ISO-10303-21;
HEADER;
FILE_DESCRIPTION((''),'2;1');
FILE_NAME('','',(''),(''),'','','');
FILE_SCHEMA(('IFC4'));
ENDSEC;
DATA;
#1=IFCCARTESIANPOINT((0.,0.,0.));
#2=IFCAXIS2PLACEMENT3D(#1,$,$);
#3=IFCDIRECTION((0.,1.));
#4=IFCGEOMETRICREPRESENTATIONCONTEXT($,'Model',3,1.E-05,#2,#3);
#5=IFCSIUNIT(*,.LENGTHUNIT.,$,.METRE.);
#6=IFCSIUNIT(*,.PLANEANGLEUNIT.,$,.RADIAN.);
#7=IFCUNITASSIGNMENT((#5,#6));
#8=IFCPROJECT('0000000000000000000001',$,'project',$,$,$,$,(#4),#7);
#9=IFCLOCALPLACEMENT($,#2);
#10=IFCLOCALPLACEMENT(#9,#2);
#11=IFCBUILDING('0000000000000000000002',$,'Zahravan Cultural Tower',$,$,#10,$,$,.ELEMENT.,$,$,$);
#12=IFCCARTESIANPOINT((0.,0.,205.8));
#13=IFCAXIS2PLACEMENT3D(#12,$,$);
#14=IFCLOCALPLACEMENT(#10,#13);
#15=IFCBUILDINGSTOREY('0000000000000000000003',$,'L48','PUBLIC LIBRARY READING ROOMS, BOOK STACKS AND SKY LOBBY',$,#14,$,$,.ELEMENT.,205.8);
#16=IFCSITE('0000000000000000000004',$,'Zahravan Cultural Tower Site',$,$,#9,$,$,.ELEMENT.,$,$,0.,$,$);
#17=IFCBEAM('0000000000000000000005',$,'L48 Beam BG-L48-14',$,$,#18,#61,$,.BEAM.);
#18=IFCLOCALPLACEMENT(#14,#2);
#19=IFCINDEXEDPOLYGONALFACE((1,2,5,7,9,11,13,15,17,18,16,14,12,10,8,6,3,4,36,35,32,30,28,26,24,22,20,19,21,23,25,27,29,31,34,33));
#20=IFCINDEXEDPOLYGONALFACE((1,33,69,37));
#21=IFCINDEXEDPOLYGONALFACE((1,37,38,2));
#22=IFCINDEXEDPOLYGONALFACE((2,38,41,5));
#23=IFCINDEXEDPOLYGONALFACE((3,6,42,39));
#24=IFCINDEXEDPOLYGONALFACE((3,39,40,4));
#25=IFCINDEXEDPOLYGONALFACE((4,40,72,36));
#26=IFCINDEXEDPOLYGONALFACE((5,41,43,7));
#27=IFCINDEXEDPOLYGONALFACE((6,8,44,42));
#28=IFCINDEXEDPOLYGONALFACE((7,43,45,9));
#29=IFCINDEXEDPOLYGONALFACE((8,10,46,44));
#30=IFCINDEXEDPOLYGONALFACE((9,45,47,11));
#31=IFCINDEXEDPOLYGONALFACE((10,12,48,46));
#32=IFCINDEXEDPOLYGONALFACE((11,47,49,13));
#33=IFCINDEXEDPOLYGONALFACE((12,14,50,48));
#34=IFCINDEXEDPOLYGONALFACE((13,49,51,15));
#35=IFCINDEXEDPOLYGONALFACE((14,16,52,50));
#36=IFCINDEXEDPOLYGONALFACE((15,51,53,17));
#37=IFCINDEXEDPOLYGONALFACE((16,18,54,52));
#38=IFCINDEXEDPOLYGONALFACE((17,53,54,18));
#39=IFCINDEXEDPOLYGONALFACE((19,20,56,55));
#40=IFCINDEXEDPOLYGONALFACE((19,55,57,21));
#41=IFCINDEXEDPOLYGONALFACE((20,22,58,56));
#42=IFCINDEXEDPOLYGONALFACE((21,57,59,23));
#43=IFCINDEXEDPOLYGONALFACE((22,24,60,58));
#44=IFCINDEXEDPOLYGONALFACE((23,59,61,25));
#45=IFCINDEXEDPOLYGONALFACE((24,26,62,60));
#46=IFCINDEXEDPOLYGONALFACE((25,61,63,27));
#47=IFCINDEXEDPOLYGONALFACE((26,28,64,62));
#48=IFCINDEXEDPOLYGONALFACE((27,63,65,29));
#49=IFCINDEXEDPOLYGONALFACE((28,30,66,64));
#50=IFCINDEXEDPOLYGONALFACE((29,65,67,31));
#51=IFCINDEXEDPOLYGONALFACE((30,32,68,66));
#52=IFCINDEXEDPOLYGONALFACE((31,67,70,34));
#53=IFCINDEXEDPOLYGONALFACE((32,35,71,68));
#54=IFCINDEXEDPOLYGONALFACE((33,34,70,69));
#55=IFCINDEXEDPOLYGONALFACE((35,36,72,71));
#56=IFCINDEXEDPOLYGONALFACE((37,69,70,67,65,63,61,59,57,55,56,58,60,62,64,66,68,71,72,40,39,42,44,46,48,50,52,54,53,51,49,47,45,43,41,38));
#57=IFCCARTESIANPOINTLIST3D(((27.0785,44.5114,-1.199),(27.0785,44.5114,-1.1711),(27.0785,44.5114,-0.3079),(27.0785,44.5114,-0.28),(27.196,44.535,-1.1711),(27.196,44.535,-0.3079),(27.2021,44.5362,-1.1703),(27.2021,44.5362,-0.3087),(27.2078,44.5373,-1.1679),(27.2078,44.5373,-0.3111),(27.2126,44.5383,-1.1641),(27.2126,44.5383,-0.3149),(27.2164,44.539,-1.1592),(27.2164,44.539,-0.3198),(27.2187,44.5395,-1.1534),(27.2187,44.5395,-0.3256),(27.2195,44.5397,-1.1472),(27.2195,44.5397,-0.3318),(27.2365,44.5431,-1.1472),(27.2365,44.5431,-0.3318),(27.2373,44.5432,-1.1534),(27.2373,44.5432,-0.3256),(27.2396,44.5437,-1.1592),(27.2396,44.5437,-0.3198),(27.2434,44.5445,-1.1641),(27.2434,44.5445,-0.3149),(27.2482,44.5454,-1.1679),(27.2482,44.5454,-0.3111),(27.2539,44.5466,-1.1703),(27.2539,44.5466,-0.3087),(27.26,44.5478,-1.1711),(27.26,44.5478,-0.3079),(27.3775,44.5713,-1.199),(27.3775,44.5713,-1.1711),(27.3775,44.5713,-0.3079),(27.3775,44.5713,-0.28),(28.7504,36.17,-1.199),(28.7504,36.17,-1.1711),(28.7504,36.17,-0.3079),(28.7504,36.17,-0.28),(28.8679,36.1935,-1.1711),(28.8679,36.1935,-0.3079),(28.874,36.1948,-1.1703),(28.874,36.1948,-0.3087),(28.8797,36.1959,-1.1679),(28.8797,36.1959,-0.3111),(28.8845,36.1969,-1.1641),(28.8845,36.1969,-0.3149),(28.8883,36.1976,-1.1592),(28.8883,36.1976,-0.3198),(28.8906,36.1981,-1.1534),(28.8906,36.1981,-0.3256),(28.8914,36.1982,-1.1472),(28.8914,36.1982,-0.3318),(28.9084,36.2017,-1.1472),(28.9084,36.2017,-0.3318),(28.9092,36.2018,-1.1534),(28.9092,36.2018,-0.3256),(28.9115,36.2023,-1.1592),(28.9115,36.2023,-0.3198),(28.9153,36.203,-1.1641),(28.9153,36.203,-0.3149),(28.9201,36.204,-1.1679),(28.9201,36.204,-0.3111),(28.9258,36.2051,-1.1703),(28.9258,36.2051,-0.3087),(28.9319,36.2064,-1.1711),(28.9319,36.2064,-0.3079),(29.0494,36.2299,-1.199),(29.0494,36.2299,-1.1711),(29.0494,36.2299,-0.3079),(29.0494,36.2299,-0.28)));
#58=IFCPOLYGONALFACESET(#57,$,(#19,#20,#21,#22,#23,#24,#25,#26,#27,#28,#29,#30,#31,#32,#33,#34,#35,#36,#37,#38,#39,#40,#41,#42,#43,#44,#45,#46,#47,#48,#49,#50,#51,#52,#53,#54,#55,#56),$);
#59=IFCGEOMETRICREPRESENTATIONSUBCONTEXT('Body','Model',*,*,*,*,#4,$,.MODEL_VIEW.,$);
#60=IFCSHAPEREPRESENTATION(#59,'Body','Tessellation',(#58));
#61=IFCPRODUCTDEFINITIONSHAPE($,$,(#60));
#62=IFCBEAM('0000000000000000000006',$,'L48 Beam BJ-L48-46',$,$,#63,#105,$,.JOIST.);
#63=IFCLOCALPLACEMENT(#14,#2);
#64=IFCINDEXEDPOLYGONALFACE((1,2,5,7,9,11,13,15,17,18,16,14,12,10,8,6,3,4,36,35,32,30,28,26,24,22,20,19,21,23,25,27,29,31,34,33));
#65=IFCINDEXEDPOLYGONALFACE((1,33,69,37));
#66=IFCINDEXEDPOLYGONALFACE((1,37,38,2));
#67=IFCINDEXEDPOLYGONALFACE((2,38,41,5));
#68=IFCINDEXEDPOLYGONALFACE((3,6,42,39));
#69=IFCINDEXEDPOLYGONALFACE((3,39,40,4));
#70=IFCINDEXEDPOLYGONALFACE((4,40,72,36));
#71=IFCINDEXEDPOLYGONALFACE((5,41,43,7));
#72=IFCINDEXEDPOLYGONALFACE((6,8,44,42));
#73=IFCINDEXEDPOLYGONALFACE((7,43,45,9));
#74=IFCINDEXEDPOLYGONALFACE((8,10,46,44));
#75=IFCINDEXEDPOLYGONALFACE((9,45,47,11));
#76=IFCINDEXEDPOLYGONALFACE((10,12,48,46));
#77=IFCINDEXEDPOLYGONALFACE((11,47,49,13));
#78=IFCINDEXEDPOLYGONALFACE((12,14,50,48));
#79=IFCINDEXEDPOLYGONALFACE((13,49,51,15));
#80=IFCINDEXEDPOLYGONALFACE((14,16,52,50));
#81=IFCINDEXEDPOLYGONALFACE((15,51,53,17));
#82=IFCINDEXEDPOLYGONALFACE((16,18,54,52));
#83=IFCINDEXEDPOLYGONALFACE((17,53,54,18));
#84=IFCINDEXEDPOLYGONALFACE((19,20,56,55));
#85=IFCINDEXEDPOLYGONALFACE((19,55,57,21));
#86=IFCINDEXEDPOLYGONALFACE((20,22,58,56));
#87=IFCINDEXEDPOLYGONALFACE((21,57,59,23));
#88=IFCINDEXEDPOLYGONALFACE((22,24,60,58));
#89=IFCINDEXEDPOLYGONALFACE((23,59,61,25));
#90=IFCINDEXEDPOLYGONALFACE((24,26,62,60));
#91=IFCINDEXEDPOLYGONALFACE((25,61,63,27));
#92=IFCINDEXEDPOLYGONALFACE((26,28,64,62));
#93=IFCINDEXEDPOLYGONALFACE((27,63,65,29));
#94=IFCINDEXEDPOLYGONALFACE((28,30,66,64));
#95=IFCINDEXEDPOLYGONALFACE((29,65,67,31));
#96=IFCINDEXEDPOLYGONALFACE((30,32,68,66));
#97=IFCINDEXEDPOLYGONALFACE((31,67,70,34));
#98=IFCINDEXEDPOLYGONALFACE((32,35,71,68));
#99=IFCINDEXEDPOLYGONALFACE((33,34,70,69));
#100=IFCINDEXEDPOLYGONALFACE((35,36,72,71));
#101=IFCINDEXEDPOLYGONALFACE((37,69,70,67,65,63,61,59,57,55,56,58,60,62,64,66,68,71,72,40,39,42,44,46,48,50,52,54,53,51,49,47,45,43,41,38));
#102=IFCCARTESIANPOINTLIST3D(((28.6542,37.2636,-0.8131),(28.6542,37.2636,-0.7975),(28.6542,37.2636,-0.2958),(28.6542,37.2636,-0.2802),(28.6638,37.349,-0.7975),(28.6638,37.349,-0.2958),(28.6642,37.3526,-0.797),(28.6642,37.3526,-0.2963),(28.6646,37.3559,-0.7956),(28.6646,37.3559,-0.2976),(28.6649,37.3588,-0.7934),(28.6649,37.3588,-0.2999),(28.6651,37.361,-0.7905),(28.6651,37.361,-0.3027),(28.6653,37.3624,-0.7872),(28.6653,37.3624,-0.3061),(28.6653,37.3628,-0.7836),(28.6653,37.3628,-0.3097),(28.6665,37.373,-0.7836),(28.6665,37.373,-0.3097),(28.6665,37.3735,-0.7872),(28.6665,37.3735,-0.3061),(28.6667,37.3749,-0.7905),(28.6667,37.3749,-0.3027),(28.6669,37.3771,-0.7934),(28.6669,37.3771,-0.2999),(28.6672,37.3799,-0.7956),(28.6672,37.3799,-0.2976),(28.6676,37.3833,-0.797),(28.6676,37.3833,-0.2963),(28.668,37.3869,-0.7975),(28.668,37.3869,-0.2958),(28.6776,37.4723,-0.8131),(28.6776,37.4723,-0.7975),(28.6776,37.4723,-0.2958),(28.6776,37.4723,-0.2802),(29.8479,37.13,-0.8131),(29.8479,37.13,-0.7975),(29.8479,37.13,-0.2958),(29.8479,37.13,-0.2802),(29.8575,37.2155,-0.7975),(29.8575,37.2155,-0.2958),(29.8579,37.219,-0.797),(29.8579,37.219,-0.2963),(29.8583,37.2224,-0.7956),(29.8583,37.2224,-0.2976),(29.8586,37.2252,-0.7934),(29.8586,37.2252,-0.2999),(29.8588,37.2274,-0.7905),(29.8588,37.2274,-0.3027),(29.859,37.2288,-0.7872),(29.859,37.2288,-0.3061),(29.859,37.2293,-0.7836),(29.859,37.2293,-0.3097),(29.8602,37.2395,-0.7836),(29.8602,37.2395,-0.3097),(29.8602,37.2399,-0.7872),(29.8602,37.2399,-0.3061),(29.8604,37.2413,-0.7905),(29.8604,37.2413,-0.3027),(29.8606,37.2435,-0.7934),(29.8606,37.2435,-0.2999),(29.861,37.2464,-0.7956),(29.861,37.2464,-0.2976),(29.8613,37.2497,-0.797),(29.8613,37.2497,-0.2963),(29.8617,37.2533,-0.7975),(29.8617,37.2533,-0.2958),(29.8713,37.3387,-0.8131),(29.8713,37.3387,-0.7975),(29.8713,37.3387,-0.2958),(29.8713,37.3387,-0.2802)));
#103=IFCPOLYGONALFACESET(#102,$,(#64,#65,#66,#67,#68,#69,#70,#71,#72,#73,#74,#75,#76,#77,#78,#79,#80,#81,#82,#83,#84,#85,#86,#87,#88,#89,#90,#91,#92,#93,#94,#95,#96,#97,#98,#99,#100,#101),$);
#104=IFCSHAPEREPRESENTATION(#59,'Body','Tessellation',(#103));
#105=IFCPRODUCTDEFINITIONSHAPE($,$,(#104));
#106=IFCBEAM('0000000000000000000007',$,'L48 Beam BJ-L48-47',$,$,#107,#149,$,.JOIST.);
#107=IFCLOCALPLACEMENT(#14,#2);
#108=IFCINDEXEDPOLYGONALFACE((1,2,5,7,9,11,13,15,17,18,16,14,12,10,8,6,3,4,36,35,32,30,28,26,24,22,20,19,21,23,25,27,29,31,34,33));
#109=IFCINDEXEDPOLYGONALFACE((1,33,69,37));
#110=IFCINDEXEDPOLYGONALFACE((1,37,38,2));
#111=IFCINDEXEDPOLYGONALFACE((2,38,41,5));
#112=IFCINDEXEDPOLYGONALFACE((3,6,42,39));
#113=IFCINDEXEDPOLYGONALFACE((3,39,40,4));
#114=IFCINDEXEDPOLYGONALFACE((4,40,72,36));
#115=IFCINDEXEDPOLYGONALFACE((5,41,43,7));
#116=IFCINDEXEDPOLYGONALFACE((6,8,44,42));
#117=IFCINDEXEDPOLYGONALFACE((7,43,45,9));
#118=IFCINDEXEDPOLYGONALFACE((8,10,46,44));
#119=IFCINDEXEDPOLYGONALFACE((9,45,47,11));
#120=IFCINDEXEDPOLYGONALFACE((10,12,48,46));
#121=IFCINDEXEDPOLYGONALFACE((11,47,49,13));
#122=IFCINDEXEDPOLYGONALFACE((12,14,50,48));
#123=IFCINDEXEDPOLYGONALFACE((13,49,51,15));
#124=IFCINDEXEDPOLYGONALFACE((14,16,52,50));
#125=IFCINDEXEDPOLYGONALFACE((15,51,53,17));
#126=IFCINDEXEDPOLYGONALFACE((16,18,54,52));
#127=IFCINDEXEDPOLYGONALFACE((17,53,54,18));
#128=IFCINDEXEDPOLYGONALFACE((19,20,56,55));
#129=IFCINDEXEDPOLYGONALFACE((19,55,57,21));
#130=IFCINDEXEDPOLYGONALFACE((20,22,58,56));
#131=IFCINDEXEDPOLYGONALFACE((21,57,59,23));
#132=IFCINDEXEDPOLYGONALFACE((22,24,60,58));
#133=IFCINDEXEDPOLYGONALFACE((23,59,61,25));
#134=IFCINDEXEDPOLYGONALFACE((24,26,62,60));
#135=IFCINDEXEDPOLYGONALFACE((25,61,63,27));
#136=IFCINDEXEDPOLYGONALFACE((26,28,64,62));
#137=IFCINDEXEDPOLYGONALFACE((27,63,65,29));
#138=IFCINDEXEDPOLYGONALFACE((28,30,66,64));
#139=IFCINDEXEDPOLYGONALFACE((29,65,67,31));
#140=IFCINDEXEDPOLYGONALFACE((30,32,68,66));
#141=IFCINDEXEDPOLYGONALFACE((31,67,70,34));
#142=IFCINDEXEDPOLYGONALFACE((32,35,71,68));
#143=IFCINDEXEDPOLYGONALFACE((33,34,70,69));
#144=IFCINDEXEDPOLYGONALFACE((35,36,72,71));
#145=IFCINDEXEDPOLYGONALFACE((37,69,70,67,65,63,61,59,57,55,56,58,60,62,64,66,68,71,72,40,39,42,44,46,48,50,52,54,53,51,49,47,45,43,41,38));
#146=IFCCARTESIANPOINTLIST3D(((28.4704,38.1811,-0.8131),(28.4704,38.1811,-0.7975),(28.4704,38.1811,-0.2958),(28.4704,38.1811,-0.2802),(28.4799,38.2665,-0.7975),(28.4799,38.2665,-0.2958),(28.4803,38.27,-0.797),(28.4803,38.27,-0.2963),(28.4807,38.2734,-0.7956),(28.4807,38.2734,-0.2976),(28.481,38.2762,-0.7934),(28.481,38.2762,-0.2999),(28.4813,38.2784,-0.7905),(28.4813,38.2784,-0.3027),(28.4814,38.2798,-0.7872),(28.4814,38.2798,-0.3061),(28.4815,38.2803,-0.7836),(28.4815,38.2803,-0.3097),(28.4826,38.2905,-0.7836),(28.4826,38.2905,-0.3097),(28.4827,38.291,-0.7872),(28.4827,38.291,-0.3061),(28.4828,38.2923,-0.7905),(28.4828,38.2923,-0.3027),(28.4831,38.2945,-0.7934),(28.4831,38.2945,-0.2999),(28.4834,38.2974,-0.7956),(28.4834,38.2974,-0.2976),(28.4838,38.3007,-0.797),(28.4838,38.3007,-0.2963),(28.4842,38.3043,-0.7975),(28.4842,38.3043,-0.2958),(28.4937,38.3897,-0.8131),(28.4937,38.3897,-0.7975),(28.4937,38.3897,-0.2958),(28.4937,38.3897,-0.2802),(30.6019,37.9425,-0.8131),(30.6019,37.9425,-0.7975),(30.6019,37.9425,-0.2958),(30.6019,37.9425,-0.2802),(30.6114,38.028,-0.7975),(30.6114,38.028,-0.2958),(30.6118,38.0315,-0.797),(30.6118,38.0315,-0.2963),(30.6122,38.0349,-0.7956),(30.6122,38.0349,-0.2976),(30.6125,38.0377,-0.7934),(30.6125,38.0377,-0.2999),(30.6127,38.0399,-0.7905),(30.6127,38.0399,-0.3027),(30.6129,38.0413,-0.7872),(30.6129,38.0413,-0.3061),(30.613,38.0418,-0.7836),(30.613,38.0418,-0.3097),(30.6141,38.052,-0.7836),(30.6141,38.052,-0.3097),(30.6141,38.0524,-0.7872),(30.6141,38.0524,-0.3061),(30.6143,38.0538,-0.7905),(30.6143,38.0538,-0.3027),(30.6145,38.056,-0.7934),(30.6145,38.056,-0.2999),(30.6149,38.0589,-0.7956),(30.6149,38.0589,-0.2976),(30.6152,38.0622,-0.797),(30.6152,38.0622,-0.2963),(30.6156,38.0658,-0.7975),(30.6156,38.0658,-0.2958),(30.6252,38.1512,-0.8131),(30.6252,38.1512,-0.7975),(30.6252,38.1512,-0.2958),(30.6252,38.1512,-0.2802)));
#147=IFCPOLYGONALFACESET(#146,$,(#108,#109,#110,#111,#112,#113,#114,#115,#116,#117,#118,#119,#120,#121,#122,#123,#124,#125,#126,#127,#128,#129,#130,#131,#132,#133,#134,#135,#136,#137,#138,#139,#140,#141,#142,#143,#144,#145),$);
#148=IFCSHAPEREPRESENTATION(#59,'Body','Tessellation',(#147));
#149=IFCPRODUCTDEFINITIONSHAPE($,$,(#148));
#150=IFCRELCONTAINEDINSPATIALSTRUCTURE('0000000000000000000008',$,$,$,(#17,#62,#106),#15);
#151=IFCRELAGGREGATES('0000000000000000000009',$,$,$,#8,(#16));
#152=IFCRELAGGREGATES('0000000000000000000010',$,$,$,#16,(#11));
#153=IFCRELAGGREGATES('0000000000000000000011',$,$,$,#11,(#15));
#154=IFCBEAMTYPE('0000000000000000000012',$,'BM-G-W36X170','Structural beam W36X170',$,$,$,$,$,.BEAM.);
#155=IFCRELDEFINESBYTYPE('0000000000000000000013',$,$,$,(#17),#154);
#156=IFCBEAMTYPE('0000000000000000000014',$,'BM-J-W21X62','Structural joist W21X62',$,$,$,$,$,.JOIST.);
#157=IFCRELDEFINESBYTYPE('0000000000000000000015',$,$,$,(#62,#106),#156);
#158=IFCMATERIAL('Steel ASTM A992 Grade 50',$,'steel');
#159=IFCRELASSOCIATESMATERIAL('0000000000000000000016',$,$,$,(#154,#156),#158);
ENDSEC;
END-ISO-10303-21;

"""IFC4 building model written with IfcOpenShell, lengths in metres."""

from ifc_helpers import new_model, si_unit, direction, frame, origin, origin_2d, place, context, subcontext, project, spatial, i_section, extrude, source, transform, mapped, material, material_profile, profile_set, type_object, element, save


model = new_model("IFC4")

# Units and contexts
model_context = context("Model", 3, precision=1e-05, world=origin(), true_north=direction((0.0, 1.0)))
body_context = subcontext(model_context, "Body", "Model", "MODEL_VIEW")
ifc_project = project(units=[si_unit("LENGTHUNIT", "METRE"), si_unit("PLANEANGLEUNIT", "RADIAN")], contexts=[model_context])

# Site, building, storey
site_placement = place(None, origin())
site = spatial("IfcSite", under=ifc_project, at=site_placement, Name="Zahravan Cultural Tower Site", CompositionType="ELEMENT", RefElevation=0.0)
building_placement = place(site_placement, origin())
building = spatial("IfcBuilding", under=site, at=building_placement, Name="Zahravan Cultural Tower", CompositionType="ELEMENT")
storey_placement = place(building_placement, frame((0.0, 0.0, 205.8)))
storey = spatial("IfcBuildingStorey", under=building, at=storey_placement, Name="L48", Description="PUBLIC LIBRARY READING ROOMS, BOOK STACKS AND SKY LOBBY", CompositionType="ELEMENT", Elevation=205.8)

# Beams
ifc_material_1 = material(Name="Steel ASTM A992 Grade 50", Category="steel")
ifc_material_profile_1 = material_profile(ifc_material_1, i_section(OverallWidth=0.3049, OverallDepth=0.9189, WebThickness=0.0173, FlangeThickness=0.0278, FilletRadius=0.0239, at=origin_2d()), Name="W36X170")
ifc_profile_set_1 = profile_set([ifc_material_profile_1], Name="Steel ASTM A992 Grade 50")
beam_type_1 = type_object("IfcBeamType", Name="BM-G-W36X170", Description="Structural beam W36X170", PredefinedType="BEAM", material=ifc_profile_set_1)
shared_shape_1 = source(origin(), body_context, "Body", "SweptSolid", [
    extrude(i_section(OverallWidth=0.3049, OverallDepth=0.9189, WebThickness=0.0173, FlangeThickness=0.0278, FilletRadius=0.0239, at=origin_2d()), origin(), (0.0, 0.0, 1.0), 8.5073),
])
beam_1_placement = place(storey_placement, frame((28.8999, 36.2, -0.7395), z_axis=(-0.196525, 0.980499, 0.0), x_axis=(-0.980499, -0.196525, 0.0)))
element("IfcBeam", 1, at=beam_1_placement, inside=storey, type_object=beam_type_1, Name="L48 Beam BG-L48-14", PredefinedType="BEAM", context=body_context, shape_type="MappedRepresentation", body=[
    mapped(shared_shape_1, transform((0.0, 0.0, 0.0), x_axis=(1.0, 0.0, 0.0), y_axis=(0.0, 1.0, 0.0), z_axis=(0.0, 0.0, 1.0), scale=1.0)),
])
ifc_material_profile_2 = material_profile(ifc_material_1, i_section(OverallWidth=0.21, OverallDepth=0.533, WebThickness=0.0103, FlangeThickness=0.0156, FilletRadius=0.0139, at=origin_2d()), Name="W21X62")
ifc_profile_set_2 = profile_set([ifc_material_profile_2], Name="Steel ASTM A992 Grade 50")
beam_type_2 = type_object("IfcBeamType", Name="BM-J-W21X62", Description="Structural joist W21X62", PredefinedType="JOIST", material=ifc_profile_set_2)
shared_shape_2 = source(origin(), body_context, "Body", "SweptSolid", [
    extrude(i_section(OverallWidth=0.21, OverallDepth=0.533, WebThickness=0.0103, FlangeThickness=0.0156, FilletRadius=0.0139, at=origin_2d()), origin(), (0.0, 0.0, 1.0), 1.2012),
])
beam_2_placement = place(storey_placement, frame((29.8596, 37.2344, -0.5466), z_axis=(-0.993799, 0.11119, 0.0), x_axis=(-0.11119, -0.993799, 0.0)))
element("IfcBeam", 2, at=beam_2_placement, inside=storey, type_object=beam_type_2, Name="L48 Beam BJ-L48-46", PredefinedType="JOIST", context=body_context, shape_type="MappedRepresentation", body=[
    mapped(shared_shape_2, transform((0.0, 0.0, 0.0), x_axis=(1.0, 0.0, 0.0), y_axis=(0.0, 1.0, 0.0), z_axis=(0.0, 0.0, 1.0), scale=1.0)),
])
shared_shape_3 = source(origin(), body_context, "Body", "SweptSolid", [
    extrude(i_section(OverallWidth=0.21, OverallDepth=0.533, WebThickness=0.0103, FlangeThickness=0.0156, FilletRadius=0.0139, at=origin_2d()), origin(), (0.0, 0.0, 1.0), 2.1448),
])
beam_3_placement = place(storey_placement, frame((30.6135, 38.0469, -0.5466), z_axis=(-0.993797, 0.111206, 0.0), x_axis=(-0.111206, -0.993797, 0.0)))
element("IfcBeam", 3, at=beam_3_placement, inside=storey, type_object=beam_type_2, Name="L48 Beam BJ-L48-47", PredefinedType="JOIST", context=body_context, shape_type="MappedRepresentation", body=[
    mapped(shared_shape_3, transform((0.0, 0.0, 0.0), x_axis=(1.0, 0.0, 0.0), y_axis=(0.0, 1.0, 0.0), z_axis=(0.0, 0.0, 1.0), scale=1.0)),
])

save(model, "model.ifc")
